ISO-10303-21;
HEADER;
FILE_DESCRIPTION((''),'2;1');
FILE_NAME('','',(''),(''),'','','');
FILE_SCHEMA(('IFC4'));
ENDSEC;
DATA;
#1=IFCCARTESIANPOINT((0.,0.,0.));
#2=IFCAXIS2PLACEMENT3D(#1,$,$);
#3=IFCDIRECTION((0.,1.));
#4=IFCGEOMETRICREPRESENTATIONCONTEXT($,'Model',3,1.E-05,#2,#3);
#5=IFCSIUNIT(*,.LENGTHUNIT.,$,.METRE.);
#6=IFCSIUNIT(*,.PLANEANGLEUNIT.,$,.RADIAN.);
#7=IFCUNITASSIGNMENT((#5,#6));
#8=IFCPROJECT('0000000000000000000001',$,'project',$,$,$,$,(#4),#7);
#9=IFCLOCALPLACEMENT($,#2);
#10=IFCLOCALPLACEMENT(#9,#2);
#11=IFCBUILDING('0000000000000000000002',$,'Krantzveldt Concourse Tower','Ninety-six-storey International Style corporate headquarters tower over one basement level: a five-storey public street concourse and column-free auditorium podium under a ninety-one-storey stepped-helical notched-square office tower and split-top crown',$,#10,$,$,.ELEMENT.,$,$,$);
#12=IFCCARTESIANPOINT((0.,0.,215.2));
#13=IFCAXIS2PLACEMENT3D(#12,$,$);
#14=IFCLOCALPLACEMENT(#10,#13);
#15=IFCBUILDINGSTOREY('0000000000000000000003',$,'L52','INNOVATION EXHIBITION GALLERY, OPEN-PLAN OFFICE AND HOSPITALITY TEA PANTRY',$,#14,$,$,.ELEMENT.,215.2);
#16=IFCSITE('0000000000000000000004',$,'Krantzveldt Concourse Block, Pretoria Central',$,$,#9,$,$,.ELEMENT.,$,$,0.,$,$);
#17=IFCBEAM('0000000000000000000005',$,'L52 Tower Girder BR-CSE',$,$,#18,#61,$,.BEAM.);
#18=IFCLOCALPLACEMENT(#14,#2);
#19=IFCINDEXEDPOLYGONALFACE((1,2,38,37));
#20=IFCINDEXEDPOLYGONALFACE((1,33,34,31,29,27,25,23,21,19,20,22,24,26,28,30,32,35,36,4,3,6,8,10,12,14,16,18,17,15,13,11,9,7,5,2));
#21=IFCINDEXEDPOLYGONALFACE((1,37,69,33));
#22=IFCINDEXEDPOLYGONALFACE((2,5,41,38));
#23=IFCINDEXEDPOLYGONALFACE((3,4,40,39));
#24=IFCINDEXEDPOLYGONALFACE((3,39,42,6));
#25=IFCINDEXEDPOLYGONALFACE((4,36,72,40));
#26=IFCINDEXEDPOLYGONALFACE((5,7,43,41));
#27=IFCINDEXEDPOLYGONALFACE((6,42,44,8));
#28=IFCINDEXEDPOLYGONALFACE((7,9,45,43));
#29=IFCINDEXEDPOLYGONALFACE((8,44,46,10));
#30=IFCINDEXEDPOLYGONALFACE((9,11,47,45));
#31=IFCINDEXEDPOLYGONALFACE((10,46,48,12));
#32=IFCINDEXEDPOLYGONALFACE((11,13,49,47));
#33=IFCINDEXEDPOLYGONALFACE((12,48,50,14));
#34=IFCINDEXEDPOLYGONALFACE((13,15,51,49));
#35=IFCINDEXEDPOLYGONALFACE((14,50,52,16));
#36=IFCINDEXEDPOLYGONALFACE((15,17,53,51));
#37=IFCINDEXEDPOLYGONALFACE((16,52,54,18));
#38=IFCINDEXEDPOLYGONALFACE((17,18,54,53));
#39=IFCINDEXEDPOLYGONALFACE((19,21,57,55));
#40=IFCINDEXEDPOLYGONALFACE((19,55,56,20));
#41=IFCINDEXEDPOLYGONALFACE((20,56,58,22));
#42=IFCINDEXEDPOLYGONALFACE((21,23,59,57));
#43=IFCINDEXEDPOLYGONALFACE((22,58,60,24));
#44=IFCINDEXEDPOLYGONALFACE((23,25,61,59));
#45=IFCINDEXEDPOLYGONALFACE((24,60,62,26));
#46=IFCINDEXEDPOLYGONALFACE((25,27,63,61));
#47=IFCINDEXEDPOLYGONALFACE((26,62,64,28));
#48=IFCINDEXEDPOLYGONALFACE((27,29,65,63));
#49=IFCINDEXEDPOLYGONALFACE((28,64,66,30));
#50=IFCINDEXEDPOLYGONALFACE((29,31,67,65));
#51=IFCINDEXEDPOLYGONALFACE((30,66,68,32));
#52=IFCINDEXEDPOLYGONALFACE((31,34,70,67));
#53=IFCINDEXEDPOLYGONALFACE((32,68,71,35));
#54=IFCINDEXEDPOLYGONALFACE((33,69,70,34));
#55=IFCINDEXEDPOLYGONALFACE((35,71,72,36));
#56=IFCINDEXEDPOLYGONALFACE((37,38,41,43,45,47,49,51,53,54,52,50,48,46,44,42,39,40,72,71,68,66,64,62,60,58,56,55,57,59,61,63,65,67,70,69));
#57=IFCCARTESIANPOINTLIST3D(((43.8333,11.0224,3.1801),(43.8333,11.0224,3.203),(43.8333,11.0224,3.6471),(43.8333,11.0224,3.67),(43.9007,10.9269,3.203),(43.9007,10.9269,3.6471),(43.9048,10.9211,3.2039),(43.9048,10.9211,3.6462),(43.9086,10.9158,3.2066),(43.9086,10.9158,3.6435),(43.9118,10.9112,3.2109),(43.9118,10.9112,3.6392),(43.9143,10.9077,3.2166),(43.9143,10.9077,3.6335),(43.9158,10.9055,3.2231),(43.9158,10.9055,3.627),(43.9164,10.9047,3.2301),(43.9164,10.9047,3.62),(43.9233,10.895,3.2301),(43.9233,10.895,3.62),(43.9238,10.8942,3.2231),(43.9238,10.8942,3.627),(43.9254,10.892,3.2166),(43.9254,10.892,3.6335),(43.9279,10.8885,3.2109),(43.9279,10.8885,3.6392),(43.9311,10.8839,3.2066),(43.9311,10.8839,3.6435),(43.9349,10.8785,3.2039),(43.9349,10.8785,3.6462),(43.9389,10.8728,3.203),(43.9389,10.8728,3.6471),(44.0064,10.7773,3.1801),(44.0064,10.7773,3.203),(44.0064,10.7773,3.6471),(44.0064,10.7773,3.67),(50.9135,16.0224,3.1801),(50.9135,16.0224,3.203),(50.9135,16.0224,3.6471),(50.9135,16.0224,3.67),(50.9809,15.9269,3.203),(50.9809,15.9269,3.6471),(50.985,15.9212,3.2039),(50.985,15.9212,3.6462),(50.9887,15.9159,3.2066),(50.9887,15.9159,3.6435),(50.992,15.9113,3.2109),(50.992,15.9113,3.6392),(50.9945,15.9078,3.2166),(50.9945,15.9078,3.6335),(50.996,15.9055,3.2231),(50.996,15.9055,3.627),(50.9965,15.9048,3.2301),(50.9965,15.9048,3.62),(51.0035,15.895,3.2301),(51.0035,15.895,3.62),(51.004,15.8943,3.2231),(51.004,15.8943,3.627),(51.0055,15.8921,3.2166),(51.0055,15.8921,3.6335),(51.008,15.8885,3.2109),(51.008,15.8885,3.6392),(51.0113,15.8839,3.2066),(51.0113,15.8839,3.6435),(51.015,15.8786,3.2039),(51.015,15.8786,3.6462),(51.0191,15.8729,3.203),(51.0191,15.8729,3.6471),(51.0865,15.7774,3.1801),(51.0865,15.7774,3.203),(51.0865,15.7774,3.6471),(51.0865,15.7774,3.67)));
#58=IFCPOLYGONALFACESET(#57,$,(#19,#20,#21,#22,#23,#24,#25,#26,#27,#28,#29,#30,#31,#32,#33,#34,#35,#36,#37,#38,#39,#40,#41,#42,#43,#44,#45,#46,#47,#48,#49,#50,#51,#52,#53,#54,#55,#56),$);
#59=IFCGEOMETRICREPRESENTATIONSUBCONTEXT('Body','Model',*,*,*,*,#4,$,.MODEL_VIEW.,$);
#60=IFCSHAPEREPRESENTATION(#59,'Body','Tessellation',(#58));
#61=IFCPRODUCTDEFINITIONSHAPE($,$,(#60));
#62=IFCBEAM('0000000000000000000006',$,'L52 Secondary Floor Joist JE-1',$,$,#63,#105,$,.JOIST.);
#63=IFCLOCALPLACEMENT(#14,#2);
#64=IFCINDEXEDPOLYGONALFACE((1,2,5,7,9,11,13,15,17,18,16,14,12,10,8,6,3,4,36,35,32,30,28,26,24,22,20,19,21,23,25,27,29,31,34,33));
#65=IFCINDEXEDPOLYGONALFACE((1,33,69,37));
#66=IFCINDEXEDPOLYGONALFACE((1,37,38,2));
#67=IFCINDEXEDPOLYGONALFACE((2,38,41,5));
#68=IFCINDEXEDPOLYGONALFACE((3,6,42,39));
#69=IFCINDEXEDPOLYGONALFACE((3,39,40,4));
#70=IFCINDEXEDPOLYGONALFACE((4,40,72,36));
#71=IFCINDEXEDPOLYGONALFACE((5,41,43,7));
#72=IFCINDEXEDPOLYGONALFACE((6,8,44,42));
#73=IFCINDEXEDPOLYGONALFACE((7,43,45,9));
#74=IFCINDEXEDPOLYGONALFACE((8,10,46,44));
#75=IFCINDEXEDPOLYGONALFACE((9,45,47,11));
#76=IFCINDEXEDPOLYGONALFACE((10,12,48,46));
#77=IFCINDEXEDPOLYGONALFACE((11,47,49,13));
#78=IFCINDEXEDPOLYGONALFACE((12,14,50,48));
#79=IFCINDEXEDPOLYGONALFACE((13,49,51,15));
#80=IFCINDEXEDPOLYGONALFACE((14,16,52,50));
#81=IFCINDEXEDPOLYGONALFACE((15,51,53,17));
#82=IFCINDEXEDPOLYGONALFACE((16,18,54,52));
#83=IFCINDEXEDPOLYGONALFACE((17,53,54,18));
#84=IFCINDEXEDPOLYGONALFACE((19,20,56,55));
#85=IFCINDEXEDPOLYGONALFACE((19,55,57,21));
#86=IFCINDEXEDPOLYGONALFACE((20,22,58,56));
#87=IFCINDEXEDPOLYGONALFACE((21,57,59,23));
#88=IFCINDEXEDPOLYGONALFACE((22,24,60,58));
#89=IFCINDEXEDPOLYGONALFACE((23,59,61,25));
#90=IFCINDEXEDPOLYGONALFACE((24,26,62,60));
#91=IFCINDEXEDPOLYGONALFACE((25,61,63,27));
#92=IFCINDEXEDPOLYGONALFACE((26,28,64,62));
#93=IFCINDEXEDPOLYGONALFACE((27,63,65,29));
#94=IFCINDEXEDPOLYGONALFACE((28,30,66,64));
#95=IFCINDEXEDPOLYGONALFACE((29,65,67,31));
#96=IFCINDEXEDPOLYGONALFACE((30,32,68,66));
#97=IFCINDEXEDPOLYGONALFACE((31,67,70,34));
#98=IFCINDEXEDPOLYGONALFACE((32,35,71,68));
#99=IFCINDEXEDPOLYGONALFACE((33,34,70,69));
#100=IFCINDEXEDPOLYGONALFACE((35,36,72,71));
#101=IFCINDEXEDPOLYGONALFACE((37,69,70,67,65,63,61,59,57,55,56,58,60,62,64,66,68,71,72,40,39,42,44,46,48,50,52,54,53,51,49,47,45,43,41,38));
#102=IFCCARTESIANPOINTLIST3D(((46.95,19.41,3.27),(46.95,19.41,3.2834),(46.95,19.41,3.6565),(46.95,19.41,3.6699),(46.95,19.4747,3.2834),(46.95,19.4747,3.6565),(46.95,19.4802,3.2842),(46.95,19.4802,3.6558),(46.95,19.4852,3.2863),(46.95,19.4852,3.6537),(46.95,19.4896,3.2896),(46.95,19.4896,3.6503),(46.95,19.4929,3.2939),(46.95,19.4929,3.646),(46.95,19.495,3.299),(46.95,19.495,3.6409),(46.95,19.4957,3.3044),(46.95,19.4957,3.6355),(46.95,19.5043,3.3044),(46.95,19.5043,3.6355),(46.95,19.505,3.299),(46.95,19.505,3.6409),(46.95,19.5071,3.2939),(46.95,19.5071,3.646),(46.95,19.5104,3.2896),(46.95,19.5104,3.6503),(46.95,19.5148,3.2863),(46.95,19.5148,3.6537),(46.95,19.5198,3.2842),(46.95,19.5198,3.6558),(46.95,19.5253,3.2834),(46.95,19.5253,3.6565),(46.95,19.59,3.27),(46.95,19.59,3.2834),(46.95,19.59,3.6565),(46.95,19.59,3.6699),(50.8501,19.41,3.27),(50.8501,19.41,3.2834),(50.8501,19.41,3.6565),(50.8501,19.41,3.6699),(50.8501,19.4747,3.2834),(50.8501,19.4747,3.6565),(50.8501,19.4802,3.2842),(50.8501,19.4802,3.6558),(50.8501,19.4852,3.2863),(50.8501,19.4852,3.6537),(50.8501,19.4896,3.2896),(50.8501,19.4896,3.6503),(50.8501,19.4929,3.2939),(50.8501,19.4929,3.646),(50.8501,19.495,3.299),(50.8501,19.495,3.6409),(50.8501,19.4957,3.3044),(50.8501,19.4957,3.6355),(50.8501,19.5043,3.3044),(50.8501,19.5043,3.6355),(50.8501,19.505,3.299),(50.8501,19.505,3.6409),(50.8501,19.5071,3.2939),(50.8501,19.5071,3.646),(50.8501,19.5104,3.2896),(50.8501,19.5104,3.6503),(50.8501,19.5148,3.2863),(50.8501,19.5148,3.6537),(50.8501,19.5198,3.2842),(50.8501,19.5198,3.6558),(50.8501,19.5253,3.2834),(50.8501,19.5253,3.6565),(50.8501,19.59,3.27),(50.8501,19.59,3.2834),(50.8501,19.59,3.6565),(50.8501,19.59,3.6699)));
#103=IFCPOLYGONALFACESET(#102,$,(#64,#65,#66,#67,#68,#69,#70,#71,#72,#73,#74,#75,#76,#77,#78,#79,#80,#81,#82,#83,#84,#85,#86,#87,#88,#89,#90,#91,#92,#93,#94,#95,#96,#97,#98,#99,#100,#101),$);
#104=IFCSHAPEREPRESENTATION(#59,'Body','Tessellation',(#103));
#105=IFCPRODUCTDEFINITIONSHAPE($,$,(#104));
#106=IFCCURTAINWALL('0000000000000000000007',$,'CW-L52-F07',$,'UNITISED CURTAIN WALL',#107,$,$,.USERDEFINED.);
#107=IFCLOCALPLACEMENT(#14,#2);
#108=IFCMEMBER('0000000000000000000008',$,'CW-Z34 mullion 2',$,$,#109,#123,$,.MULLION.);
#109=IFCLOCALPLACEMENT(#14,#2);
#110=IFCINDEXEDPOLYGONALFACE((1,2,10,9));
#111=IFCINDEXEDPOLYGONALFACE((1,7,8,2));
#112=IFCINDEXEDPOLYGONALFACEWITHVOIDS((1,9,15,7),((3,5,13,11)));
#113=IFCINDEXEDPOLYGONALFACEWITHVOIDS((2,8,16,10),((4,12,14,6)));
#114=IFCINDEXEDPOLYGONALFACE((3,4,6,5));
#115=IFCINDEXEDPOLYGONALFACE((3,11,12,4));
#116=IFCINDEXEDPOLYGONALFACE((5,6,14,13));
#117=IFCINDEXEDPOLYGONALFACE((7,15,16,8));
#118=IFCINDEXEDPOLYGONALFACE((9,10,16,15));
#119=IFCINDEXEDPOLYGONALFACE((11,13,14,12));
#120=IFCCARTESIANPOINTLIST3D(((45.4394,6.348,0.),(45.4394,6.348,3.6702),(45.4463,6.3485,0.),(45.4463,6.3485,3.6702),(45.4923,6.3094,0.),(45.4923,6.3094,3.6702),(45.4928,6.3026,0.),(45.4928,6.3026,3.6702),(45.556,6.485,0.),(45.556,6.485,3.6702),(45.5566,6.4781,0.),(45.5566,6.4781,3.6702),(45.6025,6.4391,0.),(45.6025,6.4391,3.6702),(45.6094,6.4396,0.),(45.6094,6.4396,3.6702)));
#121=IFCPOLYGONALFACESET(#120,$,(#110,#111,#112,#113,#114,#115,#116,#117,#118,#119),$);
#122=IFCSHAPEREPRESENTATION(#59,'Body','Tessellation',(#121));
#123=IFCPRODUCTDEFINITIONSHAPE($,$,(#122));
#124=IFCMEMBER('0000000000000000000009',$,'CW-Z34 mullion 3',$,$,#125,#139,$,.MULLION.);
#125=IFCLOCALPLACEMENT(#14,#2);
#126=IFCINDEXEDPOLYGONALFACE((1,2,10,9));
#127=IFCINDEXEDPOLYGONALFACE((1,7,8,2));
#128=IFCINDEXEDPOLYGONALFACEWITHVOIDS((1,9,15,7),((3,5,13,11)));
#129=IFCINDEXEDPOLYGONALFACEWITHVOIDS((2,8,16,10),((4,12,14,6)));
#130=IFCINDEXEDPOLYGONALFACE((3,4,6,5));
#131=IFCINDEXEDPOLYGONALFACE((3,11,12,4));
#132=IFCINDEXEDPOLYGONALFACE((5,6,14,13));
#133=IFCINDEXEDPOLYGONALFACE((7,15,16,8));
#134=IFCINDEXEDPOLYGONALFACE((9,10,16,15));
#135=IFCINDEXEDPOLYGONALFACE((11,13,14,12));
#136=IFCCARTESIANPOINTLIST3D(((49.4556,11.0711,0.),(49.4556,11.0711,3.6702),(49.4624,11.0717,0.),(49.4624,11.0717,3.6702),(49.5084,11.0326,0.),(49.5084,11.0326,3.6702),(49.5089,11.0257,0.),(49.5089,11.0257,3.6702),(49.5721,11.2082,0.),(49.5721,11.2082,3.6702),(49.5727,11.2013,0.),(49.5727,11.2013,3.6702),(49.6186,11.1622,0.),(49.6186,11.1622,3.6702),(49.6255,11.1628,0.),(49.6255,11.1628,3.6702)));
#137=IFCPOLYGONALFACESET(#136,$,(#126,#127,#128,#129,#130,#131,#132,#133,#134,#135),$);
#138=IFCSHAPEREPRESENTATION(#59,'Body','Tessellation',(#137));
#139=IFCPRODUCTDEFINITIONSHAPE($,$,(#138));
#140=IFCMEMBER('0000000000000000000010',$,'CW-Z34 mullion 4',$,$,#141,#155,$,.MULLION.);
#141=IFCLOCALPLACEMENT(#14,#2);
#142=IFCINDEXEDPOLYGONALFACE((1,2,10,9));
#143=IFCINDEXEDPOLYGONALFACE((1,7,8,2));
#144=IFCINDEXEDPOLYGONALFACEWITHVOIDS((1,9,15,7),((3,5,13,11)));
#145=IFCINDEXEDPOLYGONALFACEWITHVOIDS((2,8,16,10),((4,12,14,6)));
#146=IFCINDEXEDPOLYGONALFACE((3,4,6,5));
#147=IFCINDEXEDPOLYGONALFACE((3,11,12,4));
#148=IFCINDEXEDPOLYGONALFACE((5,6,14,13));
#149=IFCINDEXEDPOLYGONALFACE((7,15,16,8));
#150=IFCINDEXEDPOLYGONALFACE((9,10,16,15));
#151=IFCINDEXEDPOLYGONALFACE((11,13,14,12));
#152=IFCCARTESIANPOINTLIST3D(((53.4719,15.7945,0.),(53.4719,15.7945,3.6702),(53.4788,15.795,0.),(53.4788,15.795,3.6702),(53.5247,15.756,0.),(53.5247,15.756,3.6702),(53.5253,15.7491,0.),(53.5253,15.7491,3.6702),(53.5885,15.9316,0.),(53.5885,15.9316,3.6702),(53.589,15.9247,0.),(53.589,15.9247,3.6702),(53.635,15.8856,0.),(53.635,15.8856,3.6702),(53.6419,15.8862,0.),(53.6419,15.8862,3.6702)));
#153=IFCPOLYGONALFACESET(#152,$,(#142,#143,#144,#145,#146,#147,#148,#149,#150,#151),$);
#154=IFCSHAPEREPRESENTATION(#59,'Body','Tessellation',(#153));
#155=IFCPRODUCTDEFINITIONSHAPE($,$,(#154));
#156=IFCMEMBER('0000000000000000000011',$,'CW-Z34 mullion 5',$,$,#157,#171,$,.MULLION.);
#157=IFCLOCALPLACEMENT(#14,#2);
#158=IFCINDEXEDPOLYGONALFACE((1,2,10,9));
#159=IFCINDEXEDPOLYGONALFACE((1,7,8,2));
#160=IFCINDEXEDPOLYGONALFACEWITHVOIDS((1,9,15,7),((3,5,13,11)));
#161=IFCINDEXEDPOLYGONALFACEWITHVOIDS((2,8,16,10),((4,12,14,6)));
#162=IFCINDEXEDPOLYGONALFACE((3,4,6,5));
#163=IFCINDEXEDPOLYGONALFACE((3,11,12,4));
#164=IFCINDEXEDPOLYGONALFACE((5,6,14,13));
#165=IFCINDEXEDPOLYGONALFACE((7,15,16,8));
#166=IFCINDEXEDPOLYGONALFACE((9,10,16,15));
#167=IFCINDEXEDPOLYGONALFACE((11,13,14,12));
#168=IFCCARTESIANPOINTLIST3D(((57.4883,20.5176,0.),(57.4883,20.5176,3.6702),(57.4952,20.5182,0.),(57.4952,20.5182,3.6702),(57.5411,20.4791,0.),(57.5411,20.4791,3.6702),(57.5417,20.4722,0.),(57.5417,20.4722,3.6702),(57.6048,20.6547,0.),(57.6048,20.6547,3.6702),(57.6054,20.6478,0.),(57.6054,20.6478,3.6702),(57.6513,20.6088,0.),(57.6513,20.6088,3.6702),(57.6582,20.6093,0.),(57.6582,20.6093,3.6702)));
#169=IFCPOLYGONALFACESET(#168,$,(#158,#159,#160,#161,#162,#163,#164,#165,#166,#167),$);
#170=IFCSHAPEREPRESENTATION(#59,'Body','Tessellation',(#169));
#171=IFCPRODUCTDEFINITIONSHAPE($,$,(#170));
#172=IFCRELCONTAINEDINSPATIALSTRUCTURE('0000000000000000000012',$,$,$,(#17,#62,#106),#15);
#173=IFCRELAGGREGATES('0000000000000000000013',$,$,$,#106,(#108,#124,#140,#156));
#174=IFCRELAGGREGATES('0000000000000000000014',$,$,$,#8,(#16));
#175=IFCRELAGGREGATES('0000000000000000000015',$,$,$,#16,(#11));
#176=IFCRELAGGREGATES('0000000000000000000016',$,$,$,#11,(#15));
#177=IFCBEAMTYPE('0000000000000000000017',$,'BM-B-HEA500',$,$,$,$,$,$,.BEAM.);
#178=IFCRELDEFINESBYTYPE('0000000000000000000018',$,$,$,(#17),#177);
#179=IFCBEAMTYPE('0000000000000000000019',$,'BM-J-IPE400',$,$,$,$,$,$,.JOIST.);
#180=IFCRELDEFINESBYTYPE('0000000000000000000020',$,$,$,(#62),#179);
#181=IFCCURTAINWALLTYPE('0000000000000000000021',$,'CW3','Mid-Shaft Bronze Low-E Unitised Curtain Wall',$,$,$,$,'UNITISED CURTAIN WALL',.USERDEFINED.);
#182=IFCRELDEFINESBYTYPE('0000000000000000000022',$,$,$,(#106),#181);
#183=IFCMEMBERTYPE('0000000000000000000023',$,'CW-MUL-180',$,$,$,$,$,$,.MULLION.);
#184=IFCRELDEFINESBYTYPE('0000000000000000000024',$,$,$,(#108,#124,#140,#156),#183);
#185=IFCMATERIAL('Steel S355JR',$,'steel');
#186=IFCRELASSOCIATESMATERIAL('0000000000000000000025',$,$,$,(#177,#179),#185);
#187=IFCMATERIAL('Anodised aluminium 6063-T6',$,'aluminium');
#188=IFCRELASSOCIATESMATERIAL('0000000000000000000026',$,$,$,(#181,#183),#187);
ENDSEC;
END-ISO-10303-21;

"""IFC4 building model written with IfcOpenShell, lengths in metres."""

from ifc_helpers import new_model, si_unit, direction, frame, origin, origin_2d, place, context, subcontext, project, spatial, hollow_rectangle, i_section, extrude, source, transform, mapped, material, material_profile, profile_set, type_object, type_shapes, element, aggregate, save


model = new_model("IFC4")

# Units and contexts
model_context = context("Model", 3, precision=1e-05, world=origin(), true_north=direction((0.0, 1.0)))
body_context = subcontext(model_context, "Body", "Model", "MODEL_VIEW")
ifc_project = project(units=[si_unit("LENGTHUNIT", "METRE"), si_unit("PLANEANGLEUNIT", "RADIAN")], contexts=[model_context])

# Site, building, storey
site_placement = place(None, origin())
site = spatial("IfcSite", under=ifc_project, at=site_placement, Name="Krantzveldt Concourse Block, Pretoria Central", CompositionType="ELEMENT", RefElevation=0.0)
building_placement = place(site_placement, origin())
building = spatial("IfcBuilding", under=site, at=building_placement, Name="Krantzveldt Concourse Tower", Description="Ninety-six-storey International Style corporate headquarters tower over one basement level: a five-storey public street concourse and column-free auditorium podium under a ninety-one-storey stepped-helical notched-square office tower and split-top crown", CompositionType="ELEMENT")
storey_placement = place(building_placement, frame((0.0, 0.0, 215.2)))
storey = spatial("IfcBuildingStorey", under=building, at=storey_placement, Name="L52", Description="INNOVATION EXHIBITION GALLERY, OPEN-PLAN OFFICE AND HOSPITALITY TEA PANTRY", CompositionType="ELEMENT", Elevation=215.2)

# Beams
ifc_material_1 = material(Name="Steel S355JR", Category="steel")
ifc_material_profile_1 = material_profile(ifc_material_1, i_section(OverallWidth=0.3, OverallDepth=0.49, WebThickness=0.012, FlangeThickness=0.0229, FilletRadius=0.0271, at=origin_2d()), Name="Steel S355JR", Category="steel")
ifc_profile_set_1 = profile_set([ifc_material_profile_1], Name="Steel S355JR - HEA 500")
beam_type_1 = type_object("IfcBeamType", Name="BM-B-HEA500", PredefinedType="BEAM", material=ifc_profile_set_1)
shared_shape_1 = source(origin(), body_context, "Body", "SweptSolid", [
    extrude(i_section(OverallWidth=0.3, OverallDepth=0.49, WebThickness=0.012, FlangeThickness=0.0229, FilletRadius=0.0271, at=origin_2d()), origin(), (0.0, 0.0, 1.0), 8.6677),
])
beam_1_placement = place(storey_placement, frame((51.0, 15.8999, 3.425), z_axis=(-0.816843, -0.57686, 0.0), x_axis=(0.57686, -0.816843, 0.0)))
element("IfcBeam", 1, at=beam_1_placement, inside=storey, type_object=beam_type_1, Name="L52 Tower Girder BR-CSE", PredefinedType="BEAM", context=body_context, shape_type="MappedRepresentation", body=[
    mapped(shared_shape_1, transform((0.0, 0.0, 0.0), x_axis=(1.0, 0.0, 0.0), y_axis=(0.0, 1.0, 0.0), z_axis=(0.0, 0.0, 1.0), scale=1.0)),
])
ifc_material_profile_2 = material_profile(ifc_material_1, i_section(OverallWidth=0.1799, OverallDepth=0.3999, WebThickness=0.0085, FlangeThickness=0.0134, FilletRadius=0.021, at=origin_2d()), Name="Steel S355JR", Category="steel")
ifc_profile_set_2 = profile_set([ifc_material_profile_2], Name="Steel S355JR - IPE 400")
beam_type_2 = type_object("IfcBeamType", Name="BM-J-IPE400", PredefinedType="JOIST", material=ifc_profile_set_2)
shared_shape_2 = source(origin(), body_context, "Body", "SweptSolid", [
    extrude(i_section(OverallWidth=0.1799, OverallDepth=0.3999, WebThickness=0.0085, FlangeThickness=0.0134, FilletRadius=0.021, at=origin_2d()), origin(), (0.0, 0.0, 1.0), 3.9001),
])
type_shapes(beam_type_2, [shared_shape_2])
beam_2_placement = place(storey_placement, frame((46.95, 19.5, 3.47), z_axis=(1.0, 0.0, 0.0), x_axis=(0.0, 1.0, 0.0)))
element("IfcBeam", 2, at=beam_2_placement, inside=storey, type_object=beam_type_2, Name="L52 Secondary Floor Joist JE-1", PredefinedType="JOIST", context=body_context, shape_type="MappedRepresentation", body=[
    mapped(shared_shape_2, transform((0.0, 0.0, 0.0), x_axis=(1.0, 0.0, 0.0), y_axis=(0.0, 1.0, 0.0), z_axis=(0.0, 0.0, 1.0), scale=1.0)),
])

# Curtain wall, members
ifc_material_2 = material(Name="Anodised aluminium 6063-T6", Category="aluminium")
curtain_wall_type = type_object("IfcCurtainWallType", Name="CW3", Description="Mid-Shaft Bronze Low-E Unitised Curtain Wall", ElementType="UNITISED CURTAIN WALL", PredefinedType="USERDEFINED", material=ifc_material_2)
curtain_wall_placement = place(storey_placement, origin())
curtain_wall = element("IfcCurtainWall", 3, at=curtain_wall_placement, inside=storey, type_object=curtain_wall_type, Name="CW-L52-F07", ObjectType="UNITISED CURTAIN WALL", PredefinedType="USERDEFINED")
ifc_material_profile_3 = material_profile(ifc_material_2, hollow_rectangle(XDim=0.0701, YDim=0.1799, WallThickness=0.0049, at=origin_2d()), Name="Anodised aluminium 6063-T6", Category="aluminium")
ifc_profile_set_3 = profile_set([ifc_material_profile_3], Name="Anodised aluminium 6063-T6 - ALU-MULL 180x70x5")
member_type_1 = type_object("IfcMemberType", Name="CW-MUL-180", PredefinedType="MULLION", material=ifc_profile_set_3)
shared_shape_3 = source(origin(), body_context, "Body", "SweptSolid", [
    extrude(hollow_rectangle(XDim=0.0701, YDim=0.1799, WallThickness=0.0049, at=origin_2d()), origin(), (0.0, 0.0, 1.0), 3.6702),
])
type_shapes(member_type_1, [shared_shape_3])
member_1_placement = place(storey_placement, frame((45.5244, 6.3938, 0.0), z_axis=(0.0, 0.0, 1.0), x_axis=(-0.761821, 0.647788, 0.0)))
member_1 = element("IfcMember", 4, at=member_1_placement, type_object=member_type_1, Name="CW-Z34 mullion 2", PredefinedType="MULLION", context=body_context, shape_type="MappedRepresentation", body=[
    mapped(shared_shape_3, transform((0.0, 0.0, 0.0), x_axis=(1.0, 0.0, 0.0), y_axis=(0.0, 1.0, 0.0), z_axis=(0.0, 0.0, 1.0), scale=1.0)),
])
member_2_placement = place(storey_placement, frame((49.5405, 11.1169, 0.0), z_axis=(0.0, 0.0, 1.0), x_axis=(-0.761821, 0.647788, 0.0)))
member_2 = element("IfcMember", 5, at=member_2_placement, type_object=member_type_1, Name="CW-Z34 mullion 3", PredefinedType="MULLION", context=body_context, shape_type="MappedRepresentation", body=[
    mapped(shared_shape_3, transform((0.0, 0.0, 0.0), x_axis=(1.0, 0.0, 0.0), y_axis=(0.0, 1.0, 0.0), z_axis=(0.0, 0.0, 1.0), scale=1.0)),
])
member_3_placement = place(storey_placement, frame((53.5569, 15.8403, 0.0), z_axis=(0.0, 0.0, 1.0), x_axis=(-0.761821, 0.647788, 0.0)))
member_3 = element("IfcMember", 6, at=member_3_placement, type_object=member_type_1, Name="CW-Z34 mullion 4", PredefinedType="MULLION", context=body_context, shape_type="MappedRepresentation", body=[
    mapped(shared_shape_3, transform((0.0, 0.0, 0.0), x_axis=(1.0, 0.0, 0.0), y_axis=(0.0, 1.0, 0.0), z_axis=(0.0, 0.0, 1.0), scale=1.0)),
])
member_4_placement = place(storey_placement, frame((57.5732, 20.5635, 0.0), z_axis=(0.0, 0.0, 1.0), x_axis=(-0.761821, 0.647788, 0.0)))
member_4 = element("IfcMember", 7, at=member_4_placement, type_object=member_type_1, Name="CW-Z34 mullion 5", PredefinedType="MULLION", context=body_context, shape_type="MappedRepresentation", body=[
    mapped(shared_shape_3, transform((0.0, 0.0, 0.0), x_axis=(1.0, 0.0, 0.0), y_axis=(0.0, 1.0, 0.0), z_axis=(0.0, 0.0, 1.0), scale=1.0)),
])
aggregate(curtain_wall, [member_1, member_2, member_3, member_4])

save(model, "model.ifc")
